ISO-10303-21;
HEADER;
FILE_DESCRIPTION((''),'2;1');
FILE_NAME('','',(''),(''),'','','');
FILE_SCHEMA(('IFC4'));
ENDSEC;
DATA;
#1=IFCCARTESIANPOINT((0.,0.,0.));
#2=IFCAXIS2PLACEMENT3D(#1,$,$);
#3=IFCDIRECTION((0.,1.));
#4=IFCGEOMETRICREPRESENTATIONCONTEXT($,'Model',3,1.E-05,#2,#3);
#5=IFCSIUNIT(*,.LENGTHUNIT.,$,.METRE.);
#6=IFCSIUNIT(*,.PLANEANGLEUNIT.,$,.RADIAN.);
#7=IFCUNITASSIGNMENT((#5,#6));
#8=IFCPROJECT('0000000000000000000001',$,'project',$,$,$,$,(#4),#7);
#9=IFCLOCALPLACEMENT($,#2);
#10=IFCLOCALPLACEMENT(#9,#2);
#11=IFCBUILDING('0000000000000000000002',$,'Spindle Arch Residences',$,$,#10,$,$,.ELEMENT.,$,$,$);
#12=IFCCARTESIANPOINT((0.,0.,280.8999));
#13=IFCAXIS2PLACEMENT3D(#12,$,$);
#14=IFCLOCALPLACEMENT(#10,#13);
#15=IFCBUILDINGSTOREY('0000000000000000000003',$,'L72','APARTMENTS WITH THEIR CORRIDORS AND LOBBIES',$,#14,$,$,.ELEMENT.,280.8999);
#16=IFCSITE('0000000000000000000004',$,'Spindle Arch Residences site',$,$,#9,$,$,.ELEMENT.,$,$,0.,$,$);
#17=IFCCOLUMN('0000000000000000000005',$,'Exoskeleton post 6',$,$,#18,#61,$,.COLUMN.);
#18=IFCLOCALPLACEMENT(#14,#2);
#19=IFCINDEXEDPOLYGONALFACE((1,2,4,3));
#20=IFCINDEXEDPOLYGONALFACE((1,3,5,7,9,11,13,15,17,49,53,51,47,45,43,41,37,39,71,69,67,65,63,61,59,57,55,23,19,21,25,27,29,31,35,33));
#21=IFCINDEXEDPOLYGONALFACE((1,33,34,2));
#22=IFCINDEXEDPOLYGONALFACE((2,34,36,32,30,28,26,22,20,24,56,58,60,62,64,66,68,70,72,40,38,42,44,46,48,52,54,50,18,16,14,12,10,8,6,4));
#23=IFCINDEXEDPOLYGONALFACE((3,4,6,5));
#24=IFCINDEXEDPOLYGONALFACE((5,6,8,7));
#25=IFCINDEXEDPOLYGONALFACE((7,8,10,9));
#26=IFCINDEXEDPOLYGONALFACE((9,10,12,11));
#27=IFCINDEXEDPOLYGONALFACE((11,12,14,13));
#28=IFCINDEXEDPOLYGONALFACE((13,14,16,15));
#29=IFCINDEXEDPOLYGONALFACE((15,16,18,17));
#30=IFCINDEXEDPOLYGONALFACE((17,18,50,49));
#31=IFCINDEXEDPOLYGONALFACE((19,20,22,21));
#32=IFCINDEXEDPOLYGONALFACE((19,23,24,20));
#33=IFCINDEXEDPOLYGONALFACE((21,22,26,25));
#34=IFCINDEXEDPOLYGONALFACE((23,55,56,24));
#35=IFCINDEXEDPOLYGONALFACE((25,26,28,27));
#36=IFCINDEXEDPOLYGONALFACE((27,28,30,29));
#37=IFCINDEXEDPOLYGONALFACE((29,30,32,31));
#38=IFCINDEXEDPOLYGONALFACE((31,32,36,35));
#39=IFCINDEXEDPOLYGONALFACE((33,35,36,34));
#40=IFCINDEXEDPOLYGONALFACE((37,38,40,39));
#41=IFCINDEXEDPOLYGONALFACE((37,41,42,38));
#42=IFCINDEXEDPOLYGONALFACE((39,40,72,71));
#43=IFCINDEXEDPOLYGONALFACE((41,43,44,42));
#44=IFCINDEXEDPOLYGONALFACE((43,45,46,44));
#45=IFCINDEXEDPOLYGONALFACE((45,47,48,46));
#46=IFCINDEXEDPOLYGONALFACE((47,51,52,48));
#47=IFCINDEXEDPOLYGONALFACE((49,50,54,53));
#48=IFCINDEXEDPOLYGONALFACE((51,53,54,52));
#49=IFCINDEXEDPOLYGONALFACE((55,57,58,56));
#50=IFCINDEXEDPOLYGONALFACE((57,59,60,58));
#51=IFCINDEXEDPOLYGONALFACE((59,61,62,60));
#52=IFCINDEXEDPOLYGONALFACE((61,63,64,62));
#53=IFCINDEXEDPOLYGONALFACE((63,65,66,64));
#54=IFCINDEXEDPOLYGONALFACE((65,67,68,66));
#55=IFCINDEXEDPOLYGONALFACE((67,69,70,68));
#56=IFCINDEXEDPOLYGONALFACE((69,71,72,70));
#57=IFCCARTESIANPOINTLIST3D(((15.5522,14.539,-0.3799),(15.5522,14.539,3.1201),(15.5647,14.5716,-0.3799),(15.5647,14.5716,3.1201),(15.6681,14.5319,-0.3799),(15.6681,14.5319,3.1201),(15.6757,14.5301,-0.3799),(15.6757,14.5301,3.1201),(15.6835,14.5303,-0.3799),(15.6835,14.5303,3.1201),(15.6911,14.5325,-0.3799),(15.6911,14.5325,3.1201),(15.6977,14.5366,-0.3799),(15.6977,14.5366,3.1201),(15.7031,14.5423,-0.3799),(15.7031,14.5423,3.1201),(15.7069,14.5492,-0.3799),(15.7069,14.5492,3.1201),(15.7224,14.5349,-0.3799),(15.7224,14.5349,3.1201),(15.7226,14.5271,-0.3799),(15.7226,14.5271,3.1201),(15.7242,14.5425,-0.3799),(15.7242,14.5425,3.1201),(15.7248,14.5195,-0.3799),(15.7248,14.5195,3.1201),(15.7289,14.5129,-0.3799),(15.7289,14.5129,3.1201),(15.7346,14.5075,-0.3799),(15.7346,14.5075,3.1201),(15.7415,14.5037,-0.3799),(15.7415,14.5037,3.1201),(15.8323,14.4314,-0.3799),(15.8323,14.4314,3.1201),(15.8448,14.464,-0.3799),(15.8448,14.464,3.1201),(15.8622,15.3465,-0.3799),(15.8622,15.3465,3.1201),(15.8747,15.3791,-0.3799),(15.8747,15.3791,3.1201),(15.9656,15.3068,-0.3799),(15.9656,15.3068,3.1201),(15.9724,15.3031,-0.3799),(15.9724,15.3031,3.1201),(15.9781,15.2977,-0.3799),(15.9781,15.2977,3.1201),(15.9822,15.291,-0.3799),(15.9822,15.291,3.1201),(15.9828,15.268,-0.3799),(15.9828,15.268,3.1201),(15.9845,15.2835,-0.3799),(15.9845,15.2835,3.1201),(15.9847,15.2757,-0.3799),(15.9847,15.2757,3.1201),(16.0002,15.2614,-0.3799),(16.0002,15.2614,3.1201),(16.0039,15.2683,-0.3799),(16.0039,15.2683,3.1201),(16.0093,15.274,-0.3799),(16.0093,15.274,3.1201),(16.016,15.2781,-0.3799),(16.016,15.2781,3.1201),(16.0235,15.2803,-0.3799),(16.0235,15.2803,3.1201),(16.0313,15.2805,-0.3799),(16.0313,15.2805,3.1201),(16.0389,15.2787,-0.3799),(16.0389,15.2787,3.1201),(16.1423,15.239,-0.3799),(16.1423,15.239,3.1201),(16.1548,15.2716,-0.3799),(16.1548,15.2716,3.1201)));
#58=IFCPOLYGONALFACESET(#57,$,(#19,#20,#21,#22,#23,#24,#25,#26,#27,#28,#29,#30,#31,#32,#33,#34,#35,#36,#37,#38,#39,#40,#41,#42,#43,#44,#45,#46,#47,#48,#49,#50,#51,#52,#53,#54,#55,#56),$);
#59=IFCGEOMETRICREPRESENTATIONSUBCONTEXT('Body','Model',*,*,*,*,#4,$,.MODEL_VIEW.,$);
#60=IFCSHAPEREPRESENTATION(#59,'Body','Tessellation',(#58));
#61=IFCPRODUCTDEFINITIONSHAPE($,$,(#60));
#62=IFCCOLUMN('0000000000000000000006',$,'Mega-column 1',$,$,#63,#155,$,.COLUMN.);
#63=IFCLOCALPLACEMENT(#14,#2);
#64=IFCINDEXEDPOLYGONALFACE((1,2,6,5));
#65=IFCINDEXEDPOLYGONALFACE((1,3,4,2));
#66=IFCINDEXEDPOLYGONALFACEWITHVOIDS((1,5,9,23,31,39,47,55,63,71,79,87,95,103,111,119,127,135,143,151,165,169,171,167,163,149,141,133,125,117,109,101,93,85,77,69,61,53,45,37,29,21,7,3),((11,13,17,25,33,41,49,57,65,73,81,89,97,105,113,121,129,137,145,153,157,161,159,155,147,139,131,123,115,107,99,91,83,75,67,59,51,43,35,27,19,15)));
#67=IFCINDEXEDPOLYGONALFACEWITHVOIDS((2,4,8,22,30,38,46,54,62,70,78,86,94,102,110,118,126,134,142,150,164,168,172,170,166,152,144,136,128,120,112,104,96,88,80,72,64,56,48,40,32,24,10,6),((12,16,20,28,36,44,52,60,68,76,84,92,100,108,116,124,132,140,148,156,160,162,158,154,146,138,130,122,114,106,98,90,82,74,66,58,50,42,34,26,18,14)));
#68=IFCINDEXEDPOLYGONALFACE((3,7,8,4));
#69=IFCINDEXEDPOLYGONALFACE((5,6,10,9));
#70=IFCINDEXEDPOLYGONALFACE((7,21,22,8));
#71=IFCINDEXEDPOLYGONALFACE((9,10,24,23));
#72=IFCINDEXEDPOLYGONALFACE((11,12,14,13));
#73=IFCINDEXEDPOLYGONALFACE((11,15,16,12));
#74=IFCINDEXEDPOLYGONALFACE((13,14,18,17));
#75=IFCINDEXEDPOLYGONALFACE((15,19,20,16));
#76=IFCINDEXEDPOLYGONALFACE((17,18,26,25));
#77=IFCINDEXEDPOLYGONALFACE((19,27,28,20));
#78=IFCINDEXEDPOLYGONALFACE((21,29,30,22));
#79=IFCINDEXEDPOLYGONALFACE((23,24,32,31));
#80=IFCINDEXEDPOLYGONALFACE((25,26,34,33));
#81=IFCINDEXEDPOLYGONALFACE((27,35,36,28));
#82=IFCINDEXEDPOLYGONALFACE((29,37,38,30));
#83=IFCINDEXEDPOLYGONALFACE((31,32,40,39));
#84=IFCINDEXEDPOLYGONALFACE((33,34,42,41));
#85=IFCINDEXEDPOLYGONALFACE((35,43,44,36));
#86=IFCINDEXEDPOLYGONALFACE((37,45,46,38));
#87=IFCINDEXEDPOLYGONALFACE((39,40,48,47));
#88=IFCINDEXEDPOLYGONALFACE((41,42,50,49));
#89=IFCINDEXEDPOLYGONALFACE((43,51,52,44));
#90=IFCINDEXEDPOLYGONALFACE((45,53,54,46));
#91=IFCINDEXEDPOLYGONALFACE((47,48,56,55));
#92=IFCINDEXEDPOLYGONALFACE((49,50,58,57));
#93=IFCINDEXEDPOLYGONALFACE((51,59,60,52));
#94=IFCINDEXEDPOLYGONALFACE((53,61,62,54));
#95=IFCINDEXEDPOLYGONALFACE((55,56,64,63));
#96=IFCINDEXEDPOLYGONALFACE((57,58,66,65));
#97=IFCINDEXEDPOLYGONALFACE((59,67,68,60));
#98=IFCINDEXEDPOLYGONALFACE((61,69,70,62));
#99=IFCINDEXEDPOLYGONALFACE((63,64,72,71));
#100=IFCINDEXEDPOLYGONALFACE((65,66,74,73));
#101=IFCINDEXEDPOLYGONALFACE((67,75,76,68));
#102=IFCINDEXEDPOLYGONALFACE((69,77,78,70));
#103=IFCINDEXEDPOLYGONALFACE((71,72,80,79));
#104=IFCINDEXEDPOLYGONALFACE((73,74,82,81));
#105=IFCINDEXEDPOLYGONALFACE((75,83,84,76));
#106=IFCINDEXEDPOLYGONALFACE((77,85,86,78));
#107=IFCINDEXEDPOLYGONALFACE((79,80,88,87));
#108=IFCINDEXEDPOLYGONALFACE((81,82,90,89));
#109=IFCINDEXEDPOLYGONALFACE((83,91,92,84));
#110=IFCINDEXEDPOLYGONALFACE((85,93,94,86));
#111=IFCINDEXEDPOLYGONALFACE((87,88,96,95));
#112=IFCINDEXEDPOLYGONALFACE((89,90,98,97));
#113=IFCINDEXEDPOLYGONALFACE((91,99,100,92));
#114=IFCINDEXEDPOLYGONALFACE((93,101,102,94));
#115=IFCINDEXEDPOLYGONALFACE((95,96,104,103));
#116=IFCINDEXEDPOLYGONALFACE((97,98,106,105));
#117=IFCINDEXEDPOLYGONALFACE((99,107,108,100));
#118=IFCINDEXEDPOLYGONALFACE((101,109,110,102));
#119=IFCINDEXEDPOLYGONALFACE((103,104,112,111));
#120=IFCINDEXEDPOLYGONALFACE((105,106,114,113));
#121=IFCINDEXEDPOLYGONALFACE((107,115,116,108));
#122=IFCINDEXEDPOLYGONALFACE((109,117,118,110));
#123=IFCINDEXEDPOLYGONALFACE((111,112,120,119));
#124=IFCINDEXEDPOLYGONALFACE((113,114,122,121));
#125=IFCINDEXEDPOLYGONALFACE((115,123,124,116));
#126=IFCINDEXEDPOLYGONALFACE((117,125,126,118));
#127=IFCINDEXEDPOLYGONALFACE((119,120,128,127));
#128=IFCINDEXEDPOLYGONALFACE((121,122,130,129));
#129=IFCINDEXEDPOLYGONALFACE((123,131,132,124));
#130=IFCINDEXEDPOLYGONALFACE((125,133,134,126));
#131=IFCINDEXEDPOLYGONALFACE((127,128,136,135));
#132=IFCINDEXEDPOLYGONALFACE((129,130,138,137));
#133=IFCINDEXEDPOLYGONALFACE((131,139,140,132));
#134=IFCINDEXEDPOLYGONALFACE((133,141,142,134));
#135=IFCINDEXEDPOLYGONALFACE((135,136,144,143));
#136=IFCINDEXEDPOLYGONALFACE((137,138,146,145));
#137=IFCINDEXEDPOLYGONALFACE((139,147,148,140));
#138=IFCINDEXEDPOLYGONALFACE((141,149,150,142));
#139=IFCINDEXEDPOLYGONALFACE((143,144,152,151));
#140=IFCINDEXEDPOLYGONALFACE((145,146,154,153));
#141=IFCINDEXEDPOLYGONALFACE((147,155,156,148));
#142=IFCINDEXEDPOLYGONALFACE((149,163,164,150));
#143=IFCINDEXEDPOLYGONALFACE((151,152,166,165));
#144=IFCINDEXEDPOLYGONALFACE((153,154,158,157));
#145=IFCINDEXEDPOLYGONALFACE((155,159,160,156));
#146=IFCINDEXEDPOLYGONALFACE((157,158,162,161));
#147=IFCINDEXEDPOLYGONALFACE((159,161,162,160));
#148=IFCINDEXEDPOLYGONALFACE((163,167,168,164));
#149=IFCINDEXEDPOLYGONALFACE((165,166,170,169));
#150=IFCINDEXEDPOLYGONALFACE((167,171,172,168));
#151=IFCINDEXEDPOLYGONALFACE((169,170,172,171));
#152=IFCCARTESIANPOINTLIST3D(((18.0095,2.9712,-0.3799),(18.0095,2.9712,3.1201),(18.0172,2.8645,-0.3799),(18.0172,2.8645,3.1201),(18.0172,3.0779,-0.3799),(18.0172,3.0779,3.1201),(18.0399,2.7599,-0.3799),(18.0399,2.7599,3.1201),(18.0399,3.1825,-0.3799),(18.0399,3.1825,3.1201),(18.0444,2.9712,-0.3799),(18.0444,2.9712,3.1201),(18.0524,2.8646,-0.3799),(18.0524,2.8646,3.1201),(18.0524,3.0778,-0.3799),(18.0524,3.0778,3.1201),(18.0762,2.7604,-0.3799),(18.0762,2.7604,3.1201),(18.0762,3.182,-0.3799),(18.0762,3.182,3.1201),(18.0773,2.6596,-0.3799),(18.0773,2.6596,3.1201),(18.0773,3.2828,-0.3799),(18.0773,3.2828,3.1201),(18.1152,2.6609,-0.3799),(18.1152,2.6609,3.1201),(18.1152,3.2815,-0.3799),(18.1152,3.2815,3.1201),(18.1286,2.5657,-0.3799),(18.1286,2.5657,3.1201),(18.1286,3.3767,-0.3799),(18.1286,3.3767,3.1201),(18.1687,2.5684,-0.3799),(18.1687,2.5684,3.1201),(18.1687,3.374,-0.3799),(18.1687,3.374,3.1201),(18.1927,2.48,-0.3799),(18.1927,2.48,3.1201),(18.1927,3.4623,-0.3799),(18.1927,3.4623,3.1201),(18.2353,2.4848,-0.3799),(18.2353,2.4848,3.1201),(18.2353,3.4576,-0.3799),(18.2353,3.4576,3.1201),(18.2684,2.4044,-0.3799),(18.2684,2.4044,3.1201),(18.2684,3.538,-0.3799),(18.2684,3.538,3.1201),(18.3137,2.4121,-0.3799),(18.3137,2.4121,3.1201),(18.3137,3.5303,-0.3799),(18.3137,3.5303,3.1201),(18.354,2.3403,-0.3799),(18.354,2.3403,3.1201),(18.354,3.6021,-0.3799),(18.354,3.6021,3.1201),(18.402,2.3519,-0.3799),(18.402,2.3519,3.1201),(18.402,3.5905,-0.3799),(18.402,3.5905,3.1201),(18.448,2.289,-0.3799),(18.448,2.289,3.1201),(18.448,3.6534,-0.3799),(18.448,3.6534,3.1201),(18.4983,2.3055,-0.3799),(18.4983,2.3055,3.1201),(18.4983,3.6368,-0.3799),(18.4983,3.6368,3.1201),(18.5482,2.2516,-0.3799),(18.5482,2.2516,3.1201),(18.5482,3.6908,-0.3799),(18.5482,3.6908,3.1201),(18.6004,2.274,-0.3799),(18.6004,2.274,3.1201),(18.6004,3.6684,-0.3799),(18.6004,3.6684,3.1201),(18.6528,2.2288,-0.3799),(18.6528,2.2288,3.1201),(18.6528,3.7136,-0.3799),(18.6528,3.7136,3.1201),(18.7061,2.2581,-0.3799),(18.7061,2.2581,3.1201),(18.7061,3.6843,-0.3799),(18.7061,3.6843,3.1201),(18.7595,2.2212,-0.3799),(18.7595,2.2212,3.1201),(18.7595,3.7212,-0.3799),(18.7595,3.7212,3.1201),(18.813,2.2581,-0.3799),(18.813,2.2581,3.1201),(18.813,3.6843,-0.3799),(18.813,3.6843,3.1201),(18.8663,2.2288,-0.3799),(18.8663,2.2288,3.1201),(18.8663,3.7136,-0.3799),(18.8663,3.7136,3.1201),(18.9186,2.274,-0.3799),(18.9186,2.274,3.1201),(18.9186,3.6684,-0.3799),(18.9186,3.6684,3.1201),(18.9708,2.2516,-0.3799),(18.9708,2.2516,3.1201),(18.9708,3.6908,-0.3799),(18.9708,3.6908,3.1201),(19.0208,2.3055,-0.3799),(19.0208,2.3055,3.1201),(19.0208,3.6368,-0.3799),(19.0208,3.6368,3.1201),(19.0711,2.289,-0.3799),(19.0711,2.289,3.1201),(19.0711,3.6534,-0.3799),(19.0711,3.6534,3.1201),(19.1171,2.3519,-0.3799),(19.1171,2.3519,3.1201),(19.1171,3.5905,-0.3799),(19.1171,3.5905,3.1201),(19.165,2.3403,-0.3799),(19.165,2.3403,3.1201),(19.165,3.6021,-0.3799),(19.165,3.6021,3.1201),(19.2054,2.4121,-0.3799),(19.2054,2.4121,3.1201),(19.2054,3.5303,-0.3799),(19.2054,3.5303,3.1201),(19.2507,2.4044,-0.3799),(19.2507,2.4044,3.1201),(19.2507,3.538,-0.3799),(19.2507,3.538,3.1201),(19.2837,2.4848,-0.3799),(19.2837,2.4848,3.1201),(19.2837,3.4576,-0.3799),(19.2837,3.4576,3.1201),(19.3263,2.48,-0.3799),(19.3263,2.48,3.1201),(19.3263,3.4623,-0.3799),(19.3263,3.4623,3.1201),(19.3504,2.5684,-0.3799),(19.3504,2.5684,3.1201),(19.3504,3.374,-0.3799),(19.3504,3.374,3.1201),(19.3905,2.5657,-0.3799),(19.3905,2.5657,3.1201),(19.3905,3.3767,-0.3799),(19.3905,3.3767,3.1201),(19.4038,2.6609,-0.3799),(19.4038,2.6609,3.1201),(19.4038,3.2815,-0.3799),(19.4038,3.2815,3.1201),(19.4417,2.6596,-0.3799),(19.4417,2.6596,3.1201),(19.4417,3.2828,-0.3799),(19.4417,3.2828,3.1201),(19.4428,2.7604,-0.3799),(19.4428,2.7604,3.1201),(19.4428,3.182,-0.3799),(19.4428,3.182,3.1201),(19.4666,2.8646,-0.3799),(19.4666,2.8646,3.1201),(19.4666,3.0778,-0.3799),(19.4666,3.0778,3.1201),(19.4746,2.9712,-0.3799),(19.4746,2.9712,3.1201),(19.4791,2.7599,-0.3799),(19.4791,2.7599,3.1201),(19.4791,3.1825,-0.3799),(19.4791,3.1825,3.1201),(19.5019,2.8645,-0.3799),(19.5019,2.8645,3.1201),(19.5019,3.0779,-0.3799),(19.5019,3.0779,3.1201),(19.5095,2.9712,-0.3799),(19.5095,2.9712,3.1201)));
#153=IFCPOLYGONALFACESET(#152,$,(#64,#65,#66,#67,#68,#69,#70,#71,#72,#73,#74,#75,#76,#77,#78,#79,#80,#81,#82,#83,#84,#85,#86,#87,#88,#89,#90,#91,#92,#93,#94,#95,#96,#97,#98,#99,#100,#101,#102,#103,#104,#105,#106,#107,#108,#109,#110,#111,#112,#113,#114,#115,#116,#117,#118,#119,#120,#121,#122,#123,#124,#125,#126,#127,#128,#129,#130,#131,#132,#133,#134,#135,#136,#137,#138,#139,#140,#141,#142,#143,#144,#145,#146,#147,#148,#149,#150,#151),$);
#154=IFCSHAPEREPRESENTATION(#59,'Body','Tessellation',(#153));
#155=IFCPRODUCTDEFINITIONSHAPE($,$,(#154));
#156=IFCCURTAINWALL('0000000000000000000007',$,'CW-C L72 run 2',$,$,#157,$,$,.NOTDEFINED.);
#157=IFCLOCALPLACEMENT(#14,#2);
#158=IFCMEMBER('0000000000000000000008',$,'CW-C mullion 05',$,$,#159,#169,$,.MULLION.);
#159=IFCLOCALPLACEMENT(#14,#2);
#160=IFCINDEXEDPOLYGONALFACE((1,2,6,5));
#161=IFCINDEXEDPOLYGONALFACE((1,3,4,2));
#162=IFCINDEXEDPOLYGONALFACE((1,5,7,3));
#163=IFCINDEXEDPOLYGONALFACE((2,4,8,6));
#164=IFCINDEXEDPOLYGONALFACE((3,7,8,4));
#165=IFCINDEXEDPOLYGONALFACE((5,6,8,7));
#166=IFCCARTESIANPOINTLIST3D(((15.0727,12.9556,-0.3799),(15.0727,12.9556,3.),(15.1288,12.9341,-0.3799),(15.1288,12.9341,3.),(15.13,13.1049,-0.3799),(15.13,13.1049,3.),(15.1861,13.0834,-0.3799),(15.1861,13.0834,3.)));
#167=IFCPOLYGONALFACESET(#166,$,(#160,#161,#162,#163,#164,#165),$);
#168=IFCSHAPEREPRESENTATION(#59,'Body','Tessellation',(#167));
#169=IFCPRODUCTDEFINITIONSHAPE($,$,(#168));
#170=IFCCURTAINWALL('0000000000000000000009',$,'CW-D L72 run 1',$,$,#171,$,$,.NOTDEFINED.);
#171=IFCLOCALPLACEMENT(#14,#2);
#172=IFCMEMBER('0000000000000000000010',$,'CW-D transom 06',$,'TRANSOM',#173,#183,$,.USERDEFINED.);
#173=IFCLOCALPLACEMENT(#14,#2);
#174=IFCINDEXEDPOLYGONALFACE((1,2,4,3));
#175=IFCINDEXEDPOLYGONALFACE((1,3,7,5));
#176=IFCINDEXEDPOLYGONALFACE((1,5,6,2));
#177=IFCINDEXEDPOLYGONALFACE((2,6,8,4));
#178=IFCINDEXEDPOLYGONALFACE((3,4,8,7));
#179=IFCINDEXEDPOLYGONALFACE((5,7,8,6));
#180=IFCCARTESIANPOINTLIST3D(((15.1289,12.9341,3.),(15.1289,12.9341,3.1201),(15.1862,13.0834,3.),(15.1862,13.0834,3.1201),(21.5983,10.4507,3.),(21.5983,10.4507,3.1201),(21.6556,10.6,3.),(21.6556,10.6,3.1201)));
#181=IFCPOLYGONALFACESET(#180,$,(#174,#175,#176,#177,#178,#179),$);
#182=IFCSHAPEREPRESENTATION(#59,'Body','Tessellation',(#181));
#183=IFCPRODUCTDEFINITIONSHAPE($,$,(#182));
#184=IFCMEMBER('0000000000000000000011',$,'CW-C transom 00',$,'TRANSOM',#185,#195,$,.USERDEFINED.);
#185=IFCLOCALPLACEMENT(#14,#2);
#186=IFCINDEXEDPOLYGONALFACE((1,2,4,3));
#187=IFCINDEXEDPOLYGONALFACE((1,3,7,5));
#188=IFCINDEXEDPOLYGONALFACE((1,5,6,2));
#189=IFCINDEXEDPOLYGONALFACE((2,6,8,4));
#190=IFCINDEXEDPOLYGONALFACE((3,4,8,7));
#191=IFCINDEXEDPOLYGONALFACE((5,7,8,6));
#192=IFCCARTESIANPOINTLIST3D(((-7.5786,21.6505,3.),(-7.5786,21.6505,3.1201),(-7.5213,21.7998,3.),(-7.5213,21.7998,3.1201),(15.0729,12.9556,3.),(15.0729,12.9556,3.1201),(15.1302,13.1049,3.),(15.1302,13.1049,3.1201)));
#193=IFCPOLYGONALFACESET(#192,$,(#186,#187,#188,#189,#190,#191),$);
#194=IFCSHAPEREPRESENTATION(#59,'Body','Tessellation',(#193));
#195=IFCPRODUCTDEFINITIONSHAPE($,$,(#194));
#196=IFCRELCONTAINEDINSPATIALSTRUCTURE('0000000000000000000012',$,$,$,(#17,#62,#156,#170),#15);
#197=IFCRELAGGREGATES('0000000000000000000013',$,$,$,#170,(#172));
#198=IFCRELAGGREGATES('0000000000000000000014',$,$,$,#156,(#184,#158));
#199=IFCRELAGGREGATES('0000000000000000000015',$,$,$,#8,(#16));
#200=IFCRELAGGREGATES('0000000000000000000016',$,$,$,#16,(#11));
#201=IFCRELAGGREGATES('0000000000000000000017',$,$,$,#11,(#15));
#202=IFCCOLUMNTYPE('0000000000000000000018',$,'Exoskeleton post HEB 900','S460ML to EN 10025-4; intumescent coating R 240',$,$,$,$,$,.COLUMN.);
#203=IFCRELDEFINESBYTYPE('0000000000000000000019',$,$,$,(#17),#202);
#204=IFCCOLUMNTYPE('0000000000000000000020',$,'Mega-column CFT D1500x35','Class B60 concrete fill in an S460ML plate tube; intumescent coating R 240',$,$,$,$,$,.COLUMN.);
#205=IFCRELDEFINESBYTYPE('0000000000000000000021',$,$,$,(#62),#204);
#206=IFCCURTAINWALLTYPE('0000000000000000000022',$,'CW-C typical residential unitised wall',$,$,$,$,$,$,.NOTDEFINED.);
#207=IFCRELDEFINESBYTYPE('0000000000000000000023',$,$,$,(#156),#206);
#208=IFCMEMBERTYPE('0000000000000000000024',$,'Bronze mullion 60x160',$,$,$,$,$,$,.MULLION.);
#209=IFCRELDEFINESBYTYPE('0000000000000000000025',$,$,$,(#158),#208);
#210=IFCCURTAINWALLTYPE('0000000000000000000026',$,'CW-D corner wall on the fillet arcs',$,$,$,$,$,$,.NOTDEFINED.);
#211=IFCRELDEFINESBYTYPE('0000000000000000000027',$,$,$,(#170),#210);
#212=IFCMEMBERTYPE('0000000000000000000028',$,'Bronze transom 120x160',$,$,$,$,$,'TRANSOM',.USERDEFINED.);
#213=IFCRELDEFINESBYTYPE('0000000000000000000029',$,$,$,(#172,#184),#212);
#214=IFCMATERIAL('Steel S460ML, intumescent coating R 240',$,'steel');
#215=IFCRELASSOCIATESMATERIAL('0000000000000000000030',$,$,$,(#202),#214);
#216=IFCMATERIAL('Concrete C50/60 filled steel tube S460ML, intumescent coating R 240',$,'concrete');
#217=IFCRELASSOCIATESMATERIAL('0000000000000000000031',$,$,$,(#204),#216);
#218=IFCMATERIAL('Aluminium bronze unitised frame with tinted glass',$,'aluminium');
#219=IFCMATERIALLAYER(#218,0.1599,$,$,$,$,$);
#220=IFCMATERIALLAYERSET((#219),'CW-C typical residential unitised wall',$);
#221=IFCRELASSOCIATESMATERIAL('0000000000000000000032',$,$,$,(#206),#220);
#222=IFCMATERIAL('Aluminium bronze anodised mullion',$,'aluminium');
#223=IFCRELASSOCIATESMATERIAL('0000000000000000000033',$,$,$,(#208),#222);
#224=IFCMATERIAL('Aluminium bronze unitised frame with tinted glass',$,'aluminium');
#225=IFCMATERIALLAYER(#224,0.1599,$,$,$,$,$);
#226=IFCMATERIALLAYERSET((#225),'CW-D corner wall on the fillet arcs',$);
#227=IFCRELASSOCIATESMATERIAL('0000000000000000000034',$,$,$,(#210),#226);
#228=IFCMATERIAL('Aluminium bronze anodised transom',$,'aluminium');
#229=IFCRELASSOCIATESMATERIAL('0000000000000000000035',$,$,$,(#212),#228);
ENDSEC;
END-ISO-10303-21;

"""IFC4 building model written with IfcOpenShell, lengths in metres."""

from ifc_helpers import new_model, si_unit, direction, frame, origin, origin_2d, place, context, subcontext, project, spatial, rectangle, hollow_circle, i_section, extrude, material, layer, layer_set, material_profile, profile_set, type_object, element, aggregate, save


model = new_model("IFC4")

# Units and contexts
model_context = context("Model", 3, precision=1e-05, world=origin(), true_north=direction((0.0, 1.0)))
body_context = subcontext(model_context, "Body", "Model", "MODEL_VIEW")
ifc_project = project(units=[si_unit("LENGTHUNIT", "METRE"), si_unit("PLANEANGLEUNIT", "RADIAN")], contexts=[model_context])

# Site, building, storey
site_placement = place(None, origin())
site = spatial("IfcSite", under=ifc_project, at=site_placement, Name="Spindle Arch Residences site", CompositionType="ELEMENT", RefElevation=0.0)
building_placement = place(site_placement, origin())
building = spatial("IfcBuilding", under=site, at=building_placement, Name="Spindle Arch Residences", CompositionType="ELEMENT")
storey_placement = place(building_placement, frame((0.0, 0.0, 280.8999)))
storey = spatial("IfcBuildingStorey", under=building, at=storey_placement, Name="L72", Description="APARTMENTS WITH THEIR CORRIDORS AND LOBBIES", CompositionType="ELEMENT", Elevation=280.8999)

# Columns
ifc_material_1 = material(Name="Steel S460ML, intumescent coating R 240", Category="steel")
ifc_material_profile_1 = material_profile(ifc_material_1, i_section(OverallWidth=0.3, OverallDepth=0.8999, WebThickness=0.0186, FlangeThickness=0.0349, FilletRadius=0.03, at=origin_2d()), Name="HEB 900")
ifc_profile_set_1 = profile_set([ifc_material_profile_1], Name="Steel S460ML, intumescent coating R 240")
column_type_1 = type_object("IfcColumnType", Name="Exoskeleton post HEB 900", Description="S460ML to EN 10025-4; intumescent coating R 240", PredefinedType="COLUMN", material=ifc_profile_set_1)
column_1_placement = place(storey_placement, frame((15.8535, 14.9053, -0.3799), z_axis=(0.0, 0.0, 1.0), x_axis=(0.93358, -0.358368, 0.0)))
element("IfcColumn", 1, at=column_1_placement, inside=storey, type_object=column_type_1, Name="Exoskeleton post 6", PredefinedType="COLUMN", context=body_context, shape_type="SweptSolid", body=[
    extrude(i_section(OverallWidth=0.3, OverallDepth=0.8999, WebThickness=0.0186, FlangeThickness=0.0349, FilletRadius=0.03, at=origin_2d()), origin(), (0.0, 0.0, 1.0), 3.5),
])
ifc_material_2 = material(Name="Concrete C50/60 filled steel tube S460ML, intumescent coating R 240", Category="concrete")
ifc_material_profile_2 = material_profile(ifc_material_2, hollow_circle(Radius=0.75, WallThickness=0.0349, at=origin_2d()), Name="CFT D1500x35")
ifc_profile_set_2 = profile_set([ifc_material_profile_2], Name="Concrete C50/60 filled steel tube S460ML, intumescent coating R 240")
column_type_2 = type_object("IfcColumnType", Name="Mega-column CFT D1500x35", Description="Class B60 concrete fill in an S460ML plate tube; intumescent coating R 240", PredefinedType="COLUMN", material=ifc_profile_set_2)
column_2_placement = place(storey_placement, frame((18.7595, 2.9712, -0.3799), z_axis=(0.0, 0.0, 1.0), x_axis=(1.0, 0.0, 0.0)))
element("IfcColumn", 2, at=column_2_placement, inside=storey, type_object=column_type_2, Name="Mega-column 1", PredefinedType="COLUMN", context=body_context, shape_type="SweptSolid", body=[
    extrude(hollow_circle(Radius=0.75, WallThickness=0.0349, at=origin_2d()), origin(), (0.0, 0.0, 1.0), 3.5),
])

# Curtain walls, members
ifc_material_3 = material(Name="Aluminium bronze unitised frame with tinted glass", Category="aluminium")
ifc_layer_1 = layer(ifc_material_3, 0.1599)
ifc_layer_set_1 = layer_set([ifc_layer_1], Name="CW-C typical residential unitised wall")
curtain_wall_type_1 = type_object("IfcCurtainWallType", Name="CW-C typical residential unitised wall", PredefinedType="NOTDEFINED", material=ifc_layer_set_1)
curtain_wall_1_placement = place(storey_placement, origin())
curtain_wall_1 = element("IfcCurtainWall", 3, at=curtain_wall_1_placement, inside=storey, type_object=curtain_wall_type_1, Name="CW-C L72 run 2", PredefinedType="NOTDEFINED")
ifc_material_4 = material(Name="Aluminium bronze anodised mullion", Category="aluminium")
ifc_material_profile_3 = material_profile(ifc_material_4, rectangle(XDim=0.1599, YDim=0.0601, at=origin_2d()), Name="MU 60x160")
ifc_profile_set_3 = profile_set([ifc_material_profile_3], Name="Aluminium bronze anodised mullion")
member_type_1 = type_object("IfcMemberType", Name="Bronze mullion 60x160", PredefinedType="MULLION", material=ifc_profile_set_3)
member_1_placement = place(storey_placement, frame((15.1294, 13.0195, -0.3799), z_axis=(0.0, 0.0, 1.0), x_axis=(-0.358368, -0.93358, 0.0)))
member_1 = element("IfcMember", 4, at=member_1_placement, type_object=member_type_1, Name="CW-C mullion 05", PredefinedType="MULLION", context=body_context, shape_type="SweptSolid", body=[
    extrude(rectangle(XDim=0.1599, YDim=0.0601, at=origin_2d()), origin(), (0.0, 0.0, 1.0), 3.3799),
])
ifc_material_5 = material(Name="Aluminium bronze unitised frame with tinted glass", Category="aluminium")
ifc_layer_2 = layer(ifc_material_5, 0.1599)
ifc_layer_set_2 = layer_set([ifc_layer_2], Name="CW-D corner wall on the fillet arcs")
curtain_wall_type_2 = type_object("IfcCurtainWallType", Name="CW-D corner wall on the fillet arcs", PredefinedType="NOTDEFINED", material=ifc_layer_set_2)
curtain_wall_2_placement = place(storey_placement, origin())
curtain_wall_2 = element("IfcCurtainWall", 5, at=curtain_wall_2_placement, inside=storey, type_object=curtain_wall_type_2, Name="CW-D L72 run 1", PredefinedType="NOTDEFINED")
ifc_material_6 = material(Name="Aluminium bronze anodised transom", Category="aluminium")
ifc_material_profile_4 = material_profile(ifc_material_6, rectangle(XDim=0.1599, YDim=0.1201, at=origin_2d()), Name="TR 120x160")
ifc_profile_set_4 = profile_set([ifc_material_profile_4], Name="Aluminium bronze anodised transom")
member_type_2 = type_object("IfcMemberType", Name="Bronze transom 120x160", ElementType="TRANSOM", PredefinedType="USERDEFINED", material=ifc_profile_set_4)
member_2_placement = place(storey_placement, frame((21.627, 10.5254, 3.0601), z_axis=(-0.933581, 0.358368, 0.0), x_axis=(-0.358368, -0.933581, 0.0)))
member_2 = element("IfcMember", 6, at=member_2_placement, type_object=member_type_2, Name="CW-D transom 06", ObjectType="TRANSOM", PredefinedType="USERDEFINED", context=body_context, shape_type="SweptSolid", body=[
    extrude(rectangle(XDim=0.1599, YDim=0.1201, at=origin_2d()), origin(), (0.0, 0.0, 1.0), 6.9297),
])

# Member
member_3_placement = place(storey_placement, frame((15.1016, 13.0303, 3.0601), z_axis=(-0.933583, 0.35836, 0.0), x_axis=(-0.35836, -0.933583, 0.0)))
member_3 = element("IfcMember", 7, at=member_3_placement, type_object=member_type_2, Name="CW-C transom 00", ObjectType="TRANSOM", PredefinedType="USERDEFINED", context=body_context, shape_type="SweptSolid", body=[
    extrude(rectangle(XDim=0.1599, YDim=0.1201, at=origin_2d()), origin(), (0.0, 0.0, 1.0), 24.2629),
])

aggregate(curtain_wall_2, [member_2])
aggregate(curtain_wall_1, [member_3, member_1])

save(model, "model.ifc")
